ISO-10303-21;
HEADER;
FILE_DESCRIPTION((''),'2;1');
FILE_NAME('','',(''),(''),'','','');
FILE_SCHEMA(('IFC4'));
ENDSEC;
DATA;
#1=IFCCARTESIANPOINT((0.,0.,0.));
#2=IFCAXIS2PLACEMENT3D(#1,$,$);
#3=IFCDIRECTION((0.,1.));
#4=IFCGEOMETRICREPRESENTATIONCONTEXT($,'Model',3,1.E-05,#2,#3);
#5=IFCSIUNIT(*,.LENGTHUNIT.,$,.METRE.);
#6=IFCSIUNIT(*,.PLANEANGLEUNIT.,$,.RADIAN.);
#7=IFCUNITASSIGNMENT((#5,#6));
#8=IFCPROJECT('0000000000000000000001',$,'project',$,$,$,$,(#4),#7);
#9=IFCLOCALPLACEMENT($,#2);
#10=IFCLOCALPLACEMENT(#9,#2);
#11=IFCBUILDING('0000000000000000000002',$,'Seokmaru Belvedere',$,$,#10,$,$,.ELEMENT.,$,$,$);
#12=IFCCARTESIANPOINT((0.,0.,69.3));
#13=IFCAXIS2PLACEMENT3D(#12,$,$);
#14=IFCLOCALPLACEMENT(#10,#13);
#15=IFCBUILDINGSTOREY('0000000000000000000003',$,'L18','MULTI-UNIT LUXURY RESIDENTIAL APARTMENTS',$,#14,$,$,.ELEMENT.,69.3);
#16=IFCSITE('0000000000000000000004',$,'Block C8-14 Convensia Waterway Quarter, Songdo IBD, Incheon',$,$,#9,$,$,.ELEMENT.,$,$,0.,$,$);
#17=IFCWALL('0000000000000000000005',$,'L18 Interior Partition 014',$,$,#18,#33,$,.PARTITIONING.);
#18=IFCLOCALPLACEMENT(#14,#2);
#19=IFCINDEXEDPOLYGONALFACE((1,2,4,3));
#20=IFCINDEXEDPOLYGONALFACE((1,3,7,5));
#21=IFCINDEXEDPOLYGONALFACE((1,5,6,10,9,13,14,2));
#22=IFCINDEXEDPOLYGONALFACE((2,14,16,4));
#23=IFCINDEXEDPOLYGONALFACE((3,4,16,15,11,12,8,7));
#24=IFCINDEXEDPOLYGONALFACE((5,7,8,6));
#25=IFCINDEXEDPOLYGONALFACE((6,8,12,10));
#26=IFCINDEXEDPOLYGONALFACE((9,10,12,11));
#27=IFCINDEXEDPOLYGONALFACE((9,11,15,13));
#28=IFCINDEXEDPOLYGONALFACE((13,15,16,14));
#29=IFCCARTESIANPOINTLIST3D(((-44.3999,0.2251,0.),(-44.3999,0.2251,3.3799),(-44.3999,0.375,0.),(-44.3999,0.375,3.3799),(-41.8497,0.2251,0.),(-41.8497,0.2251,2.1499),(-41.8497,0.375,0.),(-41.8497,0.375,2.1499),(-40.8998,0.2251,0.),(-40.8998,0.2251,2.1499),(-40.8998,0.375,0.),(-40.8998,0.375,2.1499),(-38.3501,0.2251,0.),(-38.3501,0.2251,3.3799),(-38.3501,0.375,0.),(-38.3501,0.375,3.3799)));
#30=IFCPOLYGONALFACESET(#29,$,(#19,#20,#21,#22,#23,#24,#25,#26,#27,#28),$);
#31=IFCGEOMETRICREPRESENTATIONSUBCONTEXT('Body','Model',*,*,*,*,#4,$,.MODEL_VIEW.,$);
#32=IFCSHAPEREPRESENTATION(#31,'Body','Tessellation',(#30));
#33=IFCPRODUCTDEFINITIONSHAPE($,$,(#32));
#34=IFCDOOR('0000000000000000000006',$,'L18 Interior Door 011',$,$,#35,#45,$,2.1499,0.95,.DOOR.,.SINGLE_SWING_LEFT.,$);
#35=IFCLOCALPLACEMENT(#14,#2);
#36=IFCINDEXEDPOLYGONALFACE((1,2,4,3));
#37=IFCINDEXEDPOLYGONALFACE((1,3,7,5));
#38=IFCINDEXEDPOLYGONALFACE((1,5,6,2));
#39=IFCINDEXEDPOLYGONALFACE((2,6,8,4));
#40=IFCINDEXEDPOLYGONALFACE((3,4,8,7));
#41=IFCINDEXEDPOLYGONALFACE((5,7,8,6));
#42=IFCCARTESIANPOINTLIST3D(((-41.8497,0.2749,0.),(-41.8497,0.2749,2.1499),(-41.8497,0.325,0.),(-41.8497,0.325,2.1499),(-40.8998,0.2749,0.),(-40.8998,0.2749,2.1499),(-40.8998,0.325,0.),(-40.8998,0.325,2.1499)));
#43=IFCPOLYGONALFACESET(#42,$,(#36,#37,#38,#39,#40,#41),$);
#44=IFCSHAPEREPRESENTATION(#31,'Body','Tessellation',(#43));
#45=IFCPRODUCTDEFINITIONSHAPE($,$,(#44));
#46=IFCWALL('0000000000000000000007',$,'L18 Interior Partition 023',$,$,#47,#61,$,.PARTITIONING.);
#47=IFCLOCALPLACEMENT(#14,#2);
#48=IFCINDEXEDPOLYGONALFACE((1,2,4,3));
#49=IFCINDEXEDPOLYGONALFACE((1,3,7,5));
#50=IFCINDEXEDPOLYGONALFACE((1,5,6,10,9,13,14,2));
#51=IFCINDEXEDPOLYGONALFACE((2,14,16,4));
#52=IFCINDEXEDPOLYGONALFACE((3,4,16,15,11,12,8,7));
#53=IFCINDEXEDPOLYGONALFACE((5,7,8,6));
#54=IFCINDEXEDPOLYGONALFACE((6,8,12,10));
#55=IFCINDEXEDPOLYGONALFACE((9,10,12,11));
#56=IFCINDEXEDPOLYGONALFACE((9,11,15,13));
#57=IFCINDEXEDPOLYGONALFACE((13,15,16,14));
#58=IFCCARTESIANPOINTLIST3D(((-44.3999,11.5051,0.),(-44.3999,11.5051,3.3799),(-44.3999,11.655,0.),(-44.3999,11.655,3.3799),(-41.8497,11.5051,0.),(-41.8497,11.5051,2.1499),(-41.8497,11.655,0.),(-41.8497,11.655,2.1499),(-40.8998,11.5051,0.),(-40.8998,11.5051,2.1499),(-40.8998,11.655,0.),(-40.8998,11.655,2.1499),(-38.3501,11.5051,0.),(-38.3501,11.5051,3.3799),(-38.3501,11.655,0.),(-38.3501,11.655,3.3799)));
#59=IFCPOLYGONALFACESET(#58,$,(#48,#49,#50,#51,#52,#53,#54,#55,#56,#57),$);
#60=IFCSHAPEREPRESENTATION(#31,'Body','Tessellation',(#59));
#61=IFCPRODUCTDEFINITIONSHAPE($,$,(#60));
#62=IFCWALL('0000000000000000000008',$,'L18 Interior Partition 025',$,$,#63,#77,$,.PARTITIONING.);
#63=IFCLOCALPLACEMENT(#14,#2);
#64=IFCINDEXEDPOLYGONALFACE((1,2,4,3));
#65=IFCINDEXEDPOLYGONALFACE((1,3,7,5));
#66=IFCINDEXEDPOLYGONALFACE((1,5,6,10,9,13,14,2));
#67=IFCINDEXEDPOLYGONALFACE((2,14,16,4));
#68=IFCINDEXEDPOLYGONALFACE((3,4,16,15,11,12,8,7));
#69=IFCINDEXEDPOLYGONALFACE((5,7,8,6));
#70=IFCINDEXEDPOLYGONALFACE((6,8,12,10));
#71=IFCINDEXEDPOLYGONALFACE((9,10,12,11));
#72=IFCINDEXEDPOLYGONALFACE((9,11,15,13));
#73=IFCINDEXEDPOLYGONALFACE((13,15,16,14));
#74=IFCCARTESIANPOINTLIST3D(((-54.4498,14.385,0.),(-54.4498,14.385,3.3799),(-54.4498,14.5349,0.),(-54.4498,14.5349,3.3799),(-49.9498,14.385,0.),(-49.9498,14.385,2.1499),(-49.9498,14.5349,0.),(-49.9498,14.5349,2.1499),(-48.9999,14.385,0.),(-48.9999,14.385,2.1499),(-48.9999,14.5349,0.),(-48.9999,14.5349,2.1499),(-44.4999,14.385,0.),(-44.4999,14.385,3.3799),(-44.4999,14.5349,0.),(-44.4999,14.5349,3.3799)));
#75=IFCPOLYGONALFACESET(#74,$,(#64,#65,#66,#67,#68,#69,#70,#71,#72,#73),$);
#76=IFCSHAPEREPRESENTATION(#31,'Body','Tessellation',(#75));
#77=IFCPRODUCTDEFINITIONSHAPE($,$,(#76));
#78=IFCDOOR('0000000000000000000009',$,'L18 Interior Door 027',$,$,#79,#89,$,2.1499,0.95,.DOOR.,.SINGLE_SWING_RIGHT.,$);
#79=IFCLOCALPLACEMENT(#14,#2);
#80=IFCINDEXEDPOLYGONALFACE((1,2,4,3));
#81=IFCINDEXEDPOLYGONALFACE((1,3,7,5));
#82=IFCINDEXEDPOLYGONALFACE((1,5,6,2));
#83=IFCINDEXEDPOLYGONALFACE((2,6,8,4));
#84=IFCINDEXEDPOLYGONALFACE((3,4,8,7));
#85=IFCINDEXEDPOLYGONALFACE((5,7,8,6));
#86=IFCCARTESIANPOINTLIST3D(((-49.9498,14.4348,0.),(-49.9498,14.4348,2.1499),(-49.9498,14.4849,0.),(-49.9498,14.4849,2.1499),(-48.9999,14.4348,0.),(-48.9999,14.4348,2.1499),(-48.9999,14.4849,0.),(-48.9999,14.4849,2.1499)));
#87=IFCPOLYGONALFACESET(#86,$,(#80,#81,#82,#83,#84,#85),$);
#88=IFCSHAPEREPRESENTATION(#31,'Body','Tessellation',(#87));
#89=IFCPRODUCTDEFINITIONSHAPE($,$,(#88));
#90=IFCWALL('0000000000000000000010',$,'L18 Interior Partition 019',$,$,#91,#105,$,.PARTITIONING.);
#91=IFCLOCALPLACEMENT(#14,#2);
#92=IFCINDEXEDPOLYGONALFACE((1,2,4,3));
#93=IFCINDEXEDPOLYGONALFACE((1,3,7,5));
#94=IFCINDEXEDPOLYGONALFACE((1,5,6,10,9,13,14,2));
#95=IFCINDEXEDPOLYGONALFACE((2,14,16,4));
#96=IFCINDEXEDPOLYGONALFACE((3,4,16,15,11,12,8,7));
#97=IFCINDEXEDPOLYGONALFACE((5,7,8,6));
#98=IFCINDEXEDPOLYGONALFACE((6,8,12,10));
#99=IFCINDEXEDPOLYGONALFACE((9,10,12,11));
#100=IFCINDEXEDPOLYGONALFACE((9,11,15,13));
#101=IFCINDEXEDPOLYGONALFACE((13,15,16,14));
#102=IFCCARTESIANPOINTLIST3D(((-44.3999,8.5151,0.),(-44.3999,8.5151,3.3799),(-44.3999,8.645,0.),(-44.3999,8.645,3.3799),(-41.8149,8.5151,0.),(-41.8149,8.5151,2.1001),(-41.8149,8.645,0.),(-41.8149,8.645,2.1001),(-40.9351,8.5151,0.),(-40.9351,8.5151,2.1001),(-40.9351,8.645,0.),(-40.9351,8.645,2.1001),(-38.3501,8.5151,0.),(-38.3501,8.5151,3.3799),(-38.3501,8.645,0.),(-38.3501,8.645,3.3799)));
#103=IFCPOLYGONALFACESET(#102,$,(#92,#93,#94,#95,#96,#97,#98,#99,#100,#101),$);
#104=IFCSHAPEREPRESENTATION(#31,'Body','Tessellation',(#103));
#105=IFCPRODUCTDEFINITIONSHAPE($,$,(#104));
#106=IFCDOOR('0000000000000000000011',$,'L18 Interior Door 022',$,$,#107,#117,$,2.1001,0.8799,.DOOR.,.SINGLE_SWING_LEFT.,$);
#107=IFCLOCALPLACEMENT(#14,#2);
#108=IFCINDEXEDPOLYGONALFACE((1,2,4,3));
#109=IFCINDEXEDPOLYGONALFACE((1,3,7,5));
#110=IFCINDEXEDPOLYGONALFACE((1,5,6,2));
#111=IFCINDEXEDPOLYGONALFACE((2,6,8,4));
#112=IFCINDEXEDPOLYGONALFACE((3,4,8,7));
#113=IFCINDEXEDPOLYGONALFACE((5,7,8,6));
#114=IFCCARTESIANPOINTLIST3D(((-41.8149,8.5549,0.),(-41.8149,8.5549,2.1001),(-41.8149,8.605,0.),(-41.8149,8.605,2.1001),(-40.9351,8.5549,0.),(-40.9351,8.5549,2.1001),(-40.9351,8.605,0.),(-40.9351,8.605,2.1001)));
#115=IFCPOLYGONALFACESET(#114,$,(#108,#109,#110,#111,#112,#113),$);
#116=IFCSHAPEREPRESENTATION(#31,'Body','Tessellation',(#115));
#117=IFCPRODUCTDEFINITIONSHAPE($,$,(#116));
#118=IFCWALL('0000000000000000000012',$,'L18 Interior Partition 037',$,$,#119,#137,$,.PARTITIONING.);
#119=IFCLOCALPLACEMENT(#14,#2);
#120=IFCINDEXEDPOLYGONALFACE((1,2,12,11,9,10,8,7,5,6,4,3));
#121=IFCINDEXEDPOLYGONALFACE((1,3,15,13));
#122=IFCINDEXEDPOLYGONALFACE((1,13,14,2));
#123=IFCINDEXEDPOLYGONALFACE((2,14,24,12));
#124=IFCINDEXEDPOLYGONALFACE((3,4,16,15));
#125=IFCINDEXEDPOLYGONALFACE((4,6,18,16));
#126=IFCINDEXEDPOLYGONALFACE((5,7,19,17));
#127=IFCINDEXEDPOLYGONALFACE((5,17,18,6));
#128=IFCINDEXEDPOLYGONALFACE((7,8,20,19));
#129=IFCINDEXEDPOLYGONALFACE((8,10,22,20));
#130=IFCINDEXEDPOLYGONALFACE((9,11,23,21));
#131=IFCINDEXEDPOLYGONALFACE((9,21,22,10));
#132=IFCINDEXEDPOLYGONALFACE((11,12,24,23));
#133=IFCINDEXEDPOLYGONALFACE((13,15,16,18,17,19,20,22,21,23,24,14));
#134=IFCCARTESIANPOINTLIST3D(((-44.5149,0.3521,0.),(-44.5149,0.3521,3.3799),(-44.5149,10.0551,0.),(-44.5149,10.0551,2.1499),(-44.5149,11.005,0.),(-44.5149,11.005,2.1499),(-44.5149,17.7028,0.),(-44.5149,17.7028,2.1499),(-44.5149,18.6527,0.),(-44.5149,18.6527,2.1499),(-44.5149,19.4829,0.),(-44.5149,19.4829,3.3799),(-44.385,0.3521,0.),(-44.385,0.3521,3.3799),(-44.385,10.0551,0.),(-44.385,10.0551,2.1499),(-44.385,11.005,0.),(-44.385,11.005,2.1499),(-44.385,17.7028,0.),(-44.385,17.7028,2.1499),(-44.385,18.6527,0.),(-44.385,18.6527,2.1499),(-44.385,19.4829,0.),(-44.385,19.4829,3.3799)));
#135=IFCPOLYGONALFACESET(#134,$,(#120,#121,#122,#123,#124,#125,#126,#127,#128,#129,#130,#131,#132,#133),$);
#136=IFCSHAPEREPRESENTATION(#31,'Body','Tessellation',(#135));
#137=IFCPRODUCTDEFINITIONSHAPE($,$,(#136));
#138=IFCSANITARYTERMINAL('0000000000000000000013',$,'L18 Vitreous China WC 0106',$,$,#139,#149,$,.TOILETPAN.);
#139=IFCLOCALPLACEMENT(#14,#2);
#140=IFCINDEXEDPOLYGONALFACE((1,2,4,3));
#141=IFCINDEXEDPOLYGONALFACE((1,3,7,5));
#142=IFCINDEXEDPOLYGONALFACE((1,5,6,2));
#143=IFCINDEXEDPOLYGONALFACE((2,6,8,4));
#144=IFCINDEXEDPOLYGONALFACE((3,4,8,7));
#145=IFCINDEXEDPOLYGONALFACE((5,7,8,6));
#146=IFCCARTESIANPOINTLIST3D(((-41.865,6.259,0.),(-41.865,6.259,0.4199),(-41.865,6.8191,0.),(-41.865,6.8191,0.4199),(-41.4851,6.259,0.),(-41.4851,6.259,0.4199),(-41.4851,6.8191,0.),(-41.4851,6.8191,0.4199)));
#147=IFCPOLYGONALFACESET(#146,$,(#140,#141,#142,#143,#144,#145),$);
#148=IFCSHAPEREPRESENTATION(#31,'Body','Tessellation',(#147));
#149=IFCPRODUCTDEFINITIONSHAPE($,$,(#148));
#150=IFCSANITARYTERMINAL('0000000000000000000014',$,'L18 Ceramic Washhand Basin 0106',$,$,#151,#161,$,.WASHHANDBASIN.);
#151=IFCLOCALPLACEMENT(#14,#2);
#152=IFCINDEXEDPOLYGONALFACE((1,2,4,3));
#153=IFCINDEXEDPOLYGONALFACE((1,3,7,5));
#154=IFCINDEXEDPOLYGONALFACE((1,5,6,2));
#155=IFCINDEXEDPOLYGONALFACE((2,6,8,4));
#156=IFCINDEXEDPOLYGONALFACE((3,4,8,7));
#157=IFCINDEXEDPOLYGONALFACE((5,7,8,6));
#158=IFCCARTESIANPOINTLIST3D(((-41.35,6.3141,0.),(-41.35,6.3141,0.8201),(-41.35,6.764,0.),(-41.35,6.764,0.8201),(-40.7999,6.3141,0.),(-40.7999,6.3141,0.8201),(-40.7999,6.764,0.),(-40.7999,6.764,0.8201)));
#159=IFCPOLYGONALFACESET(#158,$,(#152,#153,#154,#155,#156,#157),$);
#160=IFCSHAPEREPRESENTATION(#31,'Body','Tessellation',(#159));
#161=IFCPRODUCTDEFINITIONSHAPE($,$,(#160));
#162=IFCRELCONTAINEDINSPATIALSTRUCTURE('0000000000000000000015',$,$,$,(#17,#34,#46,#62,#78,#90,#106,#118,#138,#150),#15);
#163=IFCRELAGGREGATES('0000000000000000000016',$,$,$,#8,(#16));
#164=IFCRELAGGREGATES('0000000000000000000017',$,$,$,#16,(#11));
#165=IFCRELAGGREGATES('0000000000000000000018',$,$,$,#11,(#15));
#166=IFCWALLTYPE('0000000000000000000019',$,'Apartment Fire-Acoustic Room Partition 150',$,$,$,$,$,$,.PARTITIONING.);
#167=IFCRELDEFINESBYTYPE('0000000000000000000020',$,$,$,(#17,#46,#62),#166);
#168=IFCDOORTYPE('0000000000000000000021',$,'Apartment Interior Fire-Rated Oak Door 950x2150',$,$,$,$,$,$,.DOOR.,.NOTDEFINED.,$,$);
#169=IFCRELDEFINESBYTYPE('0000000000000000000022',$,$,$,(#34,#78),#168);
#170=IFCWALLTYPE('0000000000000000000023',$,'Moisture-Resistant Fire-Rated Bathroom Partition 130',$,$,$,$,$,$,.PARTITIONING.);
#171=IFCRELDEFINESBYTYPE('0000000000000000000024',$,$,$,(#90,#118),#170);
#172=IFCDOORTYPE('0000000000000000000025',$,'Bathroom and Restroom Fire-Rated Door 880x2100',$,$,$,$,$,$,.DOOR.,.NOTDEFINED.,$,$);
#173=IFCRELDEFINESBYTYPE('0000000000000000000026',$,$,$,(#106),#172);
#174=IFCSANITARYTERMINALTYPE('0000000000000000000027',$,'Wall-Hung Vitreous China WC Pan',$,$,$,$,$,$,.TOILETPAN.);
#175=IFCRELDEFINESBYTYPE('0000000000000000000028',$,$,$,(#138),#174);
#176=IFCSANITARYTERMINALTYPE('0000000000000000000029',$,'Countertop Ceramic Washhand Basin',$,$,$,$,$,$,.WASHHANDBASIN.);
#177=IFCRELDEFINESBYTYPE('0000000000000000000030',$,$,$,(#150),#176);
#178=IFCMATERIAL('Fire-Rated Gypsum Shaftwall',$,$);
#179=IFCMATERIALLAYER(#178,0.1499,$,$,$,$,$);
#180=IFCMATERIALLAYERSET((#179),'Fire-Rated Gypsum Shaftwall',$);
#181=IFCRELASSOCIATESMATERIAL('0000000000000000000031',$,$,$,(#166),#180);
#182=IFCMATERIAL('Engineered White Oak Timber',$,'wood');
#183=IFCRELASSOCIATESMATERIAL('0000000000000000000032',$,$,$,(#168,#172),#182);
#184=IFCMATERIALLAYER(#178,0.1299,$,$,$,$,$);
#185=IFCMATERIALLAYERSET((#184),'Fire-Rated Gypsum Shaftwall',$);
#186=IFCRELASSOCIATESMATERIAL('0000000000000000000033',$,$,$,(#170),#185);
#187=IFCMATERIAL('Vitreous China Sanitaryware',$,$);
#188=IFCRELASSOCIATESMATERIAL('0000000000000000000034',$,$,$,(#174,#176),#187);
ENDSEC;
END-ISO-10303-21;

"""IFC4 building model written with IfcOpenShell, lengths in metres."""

from ifc_helpers import new_model, si_unit, direction, frame, frame_2d, origin, origin_2d, place, context, subcontext, project, spatial, rectangle, extrude, source, transform, mapped, material, layer, layer_set, type_object, type_shapes, element, fill, save


model = new_model("IFC4")

# Units and contexts
model_context = context("Model", 3, precision=1e-05, world=origin(), true_north=direction((0.0, 1.0)))
body_context = subcontext(model_context, "Body", "Model", "MODEL_VIEW")
ifc_project = project(units=[si_unit("LENGTHUNIT", "METRE"), si_unit("PLANEANGLEUNIT", "RADIAN")], contexts=[model_context])

# Site, building, storey
site_placement = place(None, origin())
site = spatial("IfcSite", under=ifc_project, at=site_placement, Name="Block C8-14 Convensia Waterway Quarter, Songdo IBD, Incheon", CompositionType="ELEMENT", RefElevation=0.0)
building_placement = place(site_placement, origin())
building = spatial("IfcBuilding", under=site, at=building_placement, Name="Seokmaru Belvedere", CompositionType="ELEMENT")
storey_placement = place(building_placement, frame((0.0, 0.0, 69.3)))
storey = spatial("IfcBuildingStorey", under=building, at=storey_placement, Name="L18", Description="MULTI-UNIT LUXURY RESIDENTIAL APARTMENTS", CompositionType="ELEMENT", Elevation=69.3)

# Wall, opening, door
ifc_material_1 = material(Name="Fire-Rated Gypsum Shaftwall")
ifc_layer_1 = layer(ifc_material_1, 0.1499)
ifc_layer_set_1 = layer_set([ifc_layer_1], Name="Fire-Rated Gypsum Shaftwall")
wall_type_1 = type_object("IfcWallType", Name="Apartment Fire-Acoustic Room Partition 150", PredefinedType="PARTITIONING", material=ifc_layer_set_1)
wall_1_placement = place(storey_placement, frame((-44.3999, 0.3, 0.0), z_axis=(0.0, 0.0, 1.0), x_axis=(1.0, 0.0, 0.0)))
wall_1 = element("IfcWall", 1, at=wall_1_placement, inside=storey, type_object=wall_type_1, Name="L18 Interior Partition 014", PredefinedType="PARTITIONING", context=body_context, shape_type="SweptSolid", body=[
    extrude(rectangle(XDim=6.0498, YDim=0.1499, at=frame_2d((3.0249, 0.0))), origin(), (0.0, 0.0, 1.0), 3.3799),
])
opening_1_placement = place(wall_1_placement, frame((2.55, 0.0, 0.0)))
opening_1 = element("IfcOpeningElement", 2, at=opening_1_placement, cuts=wall_1, PredefinedType="OPENING", context=body_context, shape_type="SweptSolid", body=[
    extrude(rectangle(XDim=0.95, YDim=2.1499, at=frame_2d((0.4751, 1.075))), frame((0.0, 0.085, 0.0), z_axis=(0.0, -1.0, 0.0), x_axis=(1.0, 0.0, 0.0)), (0.0, 0.0, 1.0), 0.1699),
])
ifc_material_2 = material(Name="Engineered White Oak Timber", Category="wood")
door_type_1 = type_object("IfcDoorType", Name="Apartment Interior Fire-Rated Oak Door 950x2150", OperationType="NOTDEFINED", PredefinedType="DOOR", material=ifc_material_2)
shared_shape_1 = source(origin(), body_context, "Body", "SweptSolid", [
    extrude(rectangle(XDim=0.95, YDim=2.1499, at=frame_2d((0.4751, 1.075))), frame((0.0, 0.0249, 0.0), z_axis=(0.0, -1.0, 0.0), x_axis=(1.0, 0.0, 0.0)), (0.0, 0.0, 1.0), 0.05),
])
type_shapes(door_type_1, [shared_shape_1])
door_1_placement = place(opening_1_placement, origin())
door_1 = element("IfcDoor", 3, at=door_1_placement, inside=storey, type_object=door_type_1, Name="L18 Interior Door 011", OperationType="SINGLE_SWING_LEFT", OverallHeight=2.1499, OverallWidth=0.95, PredefinedType="DOOR", context=body_context, shape_type="MappedRepresentation", body=[
    mapped(shared_shape_1, transform((0.0, 0.0, 0.0), scale=1.0)),
])
fill(opening_1, door_1)

# Wall, opening
wall_2_placement = place(storey_placement, frame((-44.3999, 11.5801, 0.0), z_axis=(0.0, 0.0, 1.0), x_axis=(1.0, 0.0, 0.0)))
wall_2 = element("IfcWall", 4, at=wall_2_placement, inside=storey, type_object=wall_type_1, Name="L18 Interior Partition 023", PredefinedType="PARTITIONING", context=body_context, shape_type="SweptSolid", body=[
    extrude(rectangle(XDim=6.0498, YDim=0.1499, at=frame_2d((3.0249, 0.0))), origin(), (0.0, 0.0, 1.0), 3.3799),
])
opening_2_placement = place(wall_2_placement, frame((2.55, 0.0, 0.0)))
element("IfcOpeningElement", 5, at=opening_2_placement, cuts=wall_2, PredefinedType="OPENING", context=body_context, shape_type="SweptSolid", body=[
    extrude(rectangle(XDim=0.95, YDim=2.1499, at=frame_2d((0.4751, 1.075))), frame((0.0, 0.085, 0.0), z_axis=(0.0, -1.0, 0.0), x_axis=(1.0, 0.0, 0.0)), (0.0, 0.0, 1.0), 0.1699),
])

# Walls, openings, doors
wall_3_placement = place(storey_placement, frame((-54.45, 14.46, 0.0), z_axis=(0.0, 0.0, 1.0), x_axis=(1.0, 0.0, 0.0)))
wall_3 = element("IfcWall", 6, at=wall_3_placement, inside=storey, type_object=wall_type_1, Name="L18 Interior Partition 025", PredefinedType="PARTITIONING", context=body_context, shape_type="SweptSolid", body=[
    extrude(rectangle(XDim=9.95, YDim=0.1499, at=frame_2d((4.9751, 0.0))), origin(), (0.0, 0.0, 1.0), 3.3799),
])
opening_3_placement = place(wall_3_placement, frame((4.5, 0.0, 0.0)))
opening_3 = element("IfcOpeningElement", 7, at=opening_3_placement, cuts=wall_3, PredefinedType="OPENING", context=body_context, shape_type="SweptSolid", body=[
    extrude(rectangle(XDim=0.95, YDim=2.1499, at=frame_2d((0.4751, 1.075))), frame((0.0, 0.085, 0.0), z_axis=(0.0, -1.0, 0.0), x_axis=(1.0, 0.0, 0.0)), (0.0, 0.0, 1.0), 0.1699),
])
door_2_placement = place(opening_3_placement, origin())
door_2 = element("IfcDoor", 8, at=door_2_placement, inside=storey, type_object=door_type_1, Name="L18 Interior Door 027", OperationType="SINGLE_SWING_RIGHT", OverallHeight=2.1499, OverallWidth=0.95, PredefinedType="DOOR", context=body_context, shape_type="MappedRepresentation", body=[
    mapped(shared_shape_1, transform((0.0, 0.0, 0.0), scale=1.0)),
])
fill(opening_3, door_2)
ifc_layer_2 = layer(ifc_material_1, 0.1299)
ifc_layer_set_2 = layer_set([ifc_layer_2], Name="Fire-Rated Gypsum Shaftwall")
wall_type_2 = type_object("IfcWallType", Name="Moisture-Resistant Fire-Rated Bathroom Partition 130", PredefinedType="PARTITIONING", material=ifc_layer_set_2)
wall_4_placement = place(storey_placement, frame((-44.3999, 8.5801, 0.0), z_axis=(0.0, 0.0, 1.0), x_axis=(1.0, 0.0, 0.0)))
wall_4 = element("IfcWall", 9, at=wall_4_placement, inside=storey, type_object=wall_type_2, Name="L18 Interior Partition 019", PredefinedType="PARTITIONING", context=body_context, shape_type="SweptSolid", body=[
    extrude(rectangle(XDim=6.0498, YDim=0.1299, at=frame_2d((3.0249, 0.0))), origin(), (0.0, 0.0, 1.0), 3.3799),
])
opening_4_placement = place(wall_4_placement, frame((2.585, 0.0, 0.0)))
opening_4 = element("IfcOpeningElement", 10, at=opening_4_placement, cuts=wall_4, PredefinedType="OPENING", context=body_context, shape_type="SweptSolid", body=[
    extrude(rectangle(XDim=0.8799, YDim=2.1001, at=frame_2d((0.4399, 1.05))), frame((0.0, 0.075, 0.0), z_axis=(0.0, -1.0, 0.0), x_axis=(1.0, 0.0, 0.0)), (0.0, 0.0, 1.0), 0.1499),
])
door_type_2 = type_object("IfcDoorType", Name="Bathroom and Restroom Fire-Rated Door 880x2100", OperationType="NOTDEFINED", PredefinedType="DOOR", material=ifc_material_2)
shared_shape_2 = source(origin(), body_context, "Body", "SweptSolid", [
    extrude(rectangle(XDim=0.8799, YDim=2.1001, at=frame_2d((0.4399, 1.05))), frame((0.0, 0.0249, 0.0), z_axis=(0.0, -1.0, 0.0), x_axis=(1.0, 0.0, 0.0)), (0.0, 0.0, 1.0), 0.05),
])
type_shapes(door_type_2, [shared_shape_2])
door_3_placement = place(opening_4_placement, origin())
door_3 = element("IfcDoor", 11, at=door_3_placement, inside=storey, type_object=door_type_2, Name="L18 Interior Door 022", OperationType="SINGLE_SWING_LEFT", OverallHeight=2.1001, OverallWidth=0.8799, PredefinedType="DOOR", context=body_context, shape_type="MappedRepresentation", body=[
    mapped(shared_shape_2, transform((0.0, 0.0, 0.0), scale=1.0)),
])
fill(opening_4, door_3)

# Wall, openings
wall_5_placement = place(storey_placement, frame((-44.45, 0.3521, 0.0), z_axis=(0.0, 0.0, 1.0), x_axis=(0.0, 1.0, 0.0)))
wall_5 = element("IfcWall", 12, at=wall_5_placement, inside=storey, type_object=wall_type_2, Name="L18 Interior Partition 037", PredefinedType="PARTITIONING", context=body_context, shape_type="SweptSolid", body=[
    extrude(rectangle(XDim=19.1309, YDim=0.1299, at=frame_2d((9.5654, 0.0))), origin(), (0.0, 0.0, 1.0), 3.3799),
])
opening_5_placement = place(wall_5_placement, frame((9.7029, 0.0, 0.0)))
element("IfcOpeningElement", 13, at=opening_5_placement, cuts=wall_5, PredefinedType="OPENING", context=body_context, shape_type="SweptSolid", body=[
    extrude(rectangle(XDim=0.95, YDim=2.1499, at=frame_2d((0.4751, 1.075))), frame((0.0, 0.075, 0.0), z_axis=(0.0, -1.0, 0.0), x_axis=(1.0, 0.0, 0.0)), (0.0, 0.0, 1.0), 0.1499),
])
opening_6_placement = place(wall_5_placement, frame((17.3506, 0.0, 0.0)))
element("IfcOpeningElement", 14, at=opening_6_placement, cuts=wall_5, PredefinedType="OPENING", context=body_context, shape_type="SweptSolid", body=[
    extrude(rectangle(XDim=0.95, YDim=2.1499, at=frame_2d((0.4751, 1.075))), frame((0.0, 0.075, 0.0), z_axis=(0.0, -1.0, 0.0), x_axis=(1.0, 0.0, 0.0)), (0.0, 0.0, 1.0), 0.1499),
])

# Sanitary terminals
ifc_material_3 = material(Name="Vitreous China Sanitaryware")
sanitary_terminal_type_1 = type_object("IfcSanitaryTerminalType", Name="Wall-Hung Vitreous China WC Pan", PredefinedType="TOILETPAN", material=ifc_material_3)
shared_shape_3 = source(origin(), body_context, "Body", "SweptSolid", [
    extrude(rectangle(XDim=0.3799, YDim=0.5601, at=origin_2d()), origin(), (0.0, 0.0, 1.0), 0.4199),
])
type_shapes(sanitary_terminal_type_1, [shared_shape_3])
sanitary_terminal_1_placement = place(storey_placement, frame((-41.675, 6.5391, 0.0), z_axis=(0.0, 0.0, 1.0), x_axis=(1.0, 0.0, 0.0)))
element("IfcSanitaryTerminal", 15, at=sanitary_terminal_1_placement, inside=storey, type_object=sanitary_terminal_type_1, Name="L18 Vitreous China WC 0106", PredefinedType="TOILETPAN", context=body_context, shape_type="MappedRepresentation", body=[
    mapped(shared_shape_3, transform((0.0, 0.0, 0.0), scale=1.0)),
])
sanitary_terminal_type_2 = type_object("IfcSanitaryTerminalType", Name="Countertop Ceramic Washhand Basin", PredefinedType="WASHHANDBASIN", material=ifc_material_3)
shared_shape_4 = source(origin(), body_context, "Body", "SweptSolid", [
    extrude(rectangle(XDim=0.55, YDim=0.45, at=origin_2d()), origin(), (0.0, 0.0, 1.0), 0.8201),
])
type_shapes(sanitary_terminal_type_2, [shared_shape_4])
sanitary_terminal_2_placement = place(storey_placement, frame((-41.075, 6.5391, 0.0), z_axis=(0.0, 0.0, 1.0), x_axis=(1.0, 0.0, 0.0)))
element("IfcSanitaryTerminal", 16, at=sanitary_terminal_2_placement, inside=storey, type_object=sanitary_terminal_type_2, Name="L18 Ceramic Washhand Basin 0106", PredefinedType="WASHHANDBASIN", context=body_context, shape_type="MappedRepresentation", body=[
    mapped(shared_shape_4, transform((0.0, 0.0, 0.0), scale=1.0)),
])

save(model, "model.ifc")
